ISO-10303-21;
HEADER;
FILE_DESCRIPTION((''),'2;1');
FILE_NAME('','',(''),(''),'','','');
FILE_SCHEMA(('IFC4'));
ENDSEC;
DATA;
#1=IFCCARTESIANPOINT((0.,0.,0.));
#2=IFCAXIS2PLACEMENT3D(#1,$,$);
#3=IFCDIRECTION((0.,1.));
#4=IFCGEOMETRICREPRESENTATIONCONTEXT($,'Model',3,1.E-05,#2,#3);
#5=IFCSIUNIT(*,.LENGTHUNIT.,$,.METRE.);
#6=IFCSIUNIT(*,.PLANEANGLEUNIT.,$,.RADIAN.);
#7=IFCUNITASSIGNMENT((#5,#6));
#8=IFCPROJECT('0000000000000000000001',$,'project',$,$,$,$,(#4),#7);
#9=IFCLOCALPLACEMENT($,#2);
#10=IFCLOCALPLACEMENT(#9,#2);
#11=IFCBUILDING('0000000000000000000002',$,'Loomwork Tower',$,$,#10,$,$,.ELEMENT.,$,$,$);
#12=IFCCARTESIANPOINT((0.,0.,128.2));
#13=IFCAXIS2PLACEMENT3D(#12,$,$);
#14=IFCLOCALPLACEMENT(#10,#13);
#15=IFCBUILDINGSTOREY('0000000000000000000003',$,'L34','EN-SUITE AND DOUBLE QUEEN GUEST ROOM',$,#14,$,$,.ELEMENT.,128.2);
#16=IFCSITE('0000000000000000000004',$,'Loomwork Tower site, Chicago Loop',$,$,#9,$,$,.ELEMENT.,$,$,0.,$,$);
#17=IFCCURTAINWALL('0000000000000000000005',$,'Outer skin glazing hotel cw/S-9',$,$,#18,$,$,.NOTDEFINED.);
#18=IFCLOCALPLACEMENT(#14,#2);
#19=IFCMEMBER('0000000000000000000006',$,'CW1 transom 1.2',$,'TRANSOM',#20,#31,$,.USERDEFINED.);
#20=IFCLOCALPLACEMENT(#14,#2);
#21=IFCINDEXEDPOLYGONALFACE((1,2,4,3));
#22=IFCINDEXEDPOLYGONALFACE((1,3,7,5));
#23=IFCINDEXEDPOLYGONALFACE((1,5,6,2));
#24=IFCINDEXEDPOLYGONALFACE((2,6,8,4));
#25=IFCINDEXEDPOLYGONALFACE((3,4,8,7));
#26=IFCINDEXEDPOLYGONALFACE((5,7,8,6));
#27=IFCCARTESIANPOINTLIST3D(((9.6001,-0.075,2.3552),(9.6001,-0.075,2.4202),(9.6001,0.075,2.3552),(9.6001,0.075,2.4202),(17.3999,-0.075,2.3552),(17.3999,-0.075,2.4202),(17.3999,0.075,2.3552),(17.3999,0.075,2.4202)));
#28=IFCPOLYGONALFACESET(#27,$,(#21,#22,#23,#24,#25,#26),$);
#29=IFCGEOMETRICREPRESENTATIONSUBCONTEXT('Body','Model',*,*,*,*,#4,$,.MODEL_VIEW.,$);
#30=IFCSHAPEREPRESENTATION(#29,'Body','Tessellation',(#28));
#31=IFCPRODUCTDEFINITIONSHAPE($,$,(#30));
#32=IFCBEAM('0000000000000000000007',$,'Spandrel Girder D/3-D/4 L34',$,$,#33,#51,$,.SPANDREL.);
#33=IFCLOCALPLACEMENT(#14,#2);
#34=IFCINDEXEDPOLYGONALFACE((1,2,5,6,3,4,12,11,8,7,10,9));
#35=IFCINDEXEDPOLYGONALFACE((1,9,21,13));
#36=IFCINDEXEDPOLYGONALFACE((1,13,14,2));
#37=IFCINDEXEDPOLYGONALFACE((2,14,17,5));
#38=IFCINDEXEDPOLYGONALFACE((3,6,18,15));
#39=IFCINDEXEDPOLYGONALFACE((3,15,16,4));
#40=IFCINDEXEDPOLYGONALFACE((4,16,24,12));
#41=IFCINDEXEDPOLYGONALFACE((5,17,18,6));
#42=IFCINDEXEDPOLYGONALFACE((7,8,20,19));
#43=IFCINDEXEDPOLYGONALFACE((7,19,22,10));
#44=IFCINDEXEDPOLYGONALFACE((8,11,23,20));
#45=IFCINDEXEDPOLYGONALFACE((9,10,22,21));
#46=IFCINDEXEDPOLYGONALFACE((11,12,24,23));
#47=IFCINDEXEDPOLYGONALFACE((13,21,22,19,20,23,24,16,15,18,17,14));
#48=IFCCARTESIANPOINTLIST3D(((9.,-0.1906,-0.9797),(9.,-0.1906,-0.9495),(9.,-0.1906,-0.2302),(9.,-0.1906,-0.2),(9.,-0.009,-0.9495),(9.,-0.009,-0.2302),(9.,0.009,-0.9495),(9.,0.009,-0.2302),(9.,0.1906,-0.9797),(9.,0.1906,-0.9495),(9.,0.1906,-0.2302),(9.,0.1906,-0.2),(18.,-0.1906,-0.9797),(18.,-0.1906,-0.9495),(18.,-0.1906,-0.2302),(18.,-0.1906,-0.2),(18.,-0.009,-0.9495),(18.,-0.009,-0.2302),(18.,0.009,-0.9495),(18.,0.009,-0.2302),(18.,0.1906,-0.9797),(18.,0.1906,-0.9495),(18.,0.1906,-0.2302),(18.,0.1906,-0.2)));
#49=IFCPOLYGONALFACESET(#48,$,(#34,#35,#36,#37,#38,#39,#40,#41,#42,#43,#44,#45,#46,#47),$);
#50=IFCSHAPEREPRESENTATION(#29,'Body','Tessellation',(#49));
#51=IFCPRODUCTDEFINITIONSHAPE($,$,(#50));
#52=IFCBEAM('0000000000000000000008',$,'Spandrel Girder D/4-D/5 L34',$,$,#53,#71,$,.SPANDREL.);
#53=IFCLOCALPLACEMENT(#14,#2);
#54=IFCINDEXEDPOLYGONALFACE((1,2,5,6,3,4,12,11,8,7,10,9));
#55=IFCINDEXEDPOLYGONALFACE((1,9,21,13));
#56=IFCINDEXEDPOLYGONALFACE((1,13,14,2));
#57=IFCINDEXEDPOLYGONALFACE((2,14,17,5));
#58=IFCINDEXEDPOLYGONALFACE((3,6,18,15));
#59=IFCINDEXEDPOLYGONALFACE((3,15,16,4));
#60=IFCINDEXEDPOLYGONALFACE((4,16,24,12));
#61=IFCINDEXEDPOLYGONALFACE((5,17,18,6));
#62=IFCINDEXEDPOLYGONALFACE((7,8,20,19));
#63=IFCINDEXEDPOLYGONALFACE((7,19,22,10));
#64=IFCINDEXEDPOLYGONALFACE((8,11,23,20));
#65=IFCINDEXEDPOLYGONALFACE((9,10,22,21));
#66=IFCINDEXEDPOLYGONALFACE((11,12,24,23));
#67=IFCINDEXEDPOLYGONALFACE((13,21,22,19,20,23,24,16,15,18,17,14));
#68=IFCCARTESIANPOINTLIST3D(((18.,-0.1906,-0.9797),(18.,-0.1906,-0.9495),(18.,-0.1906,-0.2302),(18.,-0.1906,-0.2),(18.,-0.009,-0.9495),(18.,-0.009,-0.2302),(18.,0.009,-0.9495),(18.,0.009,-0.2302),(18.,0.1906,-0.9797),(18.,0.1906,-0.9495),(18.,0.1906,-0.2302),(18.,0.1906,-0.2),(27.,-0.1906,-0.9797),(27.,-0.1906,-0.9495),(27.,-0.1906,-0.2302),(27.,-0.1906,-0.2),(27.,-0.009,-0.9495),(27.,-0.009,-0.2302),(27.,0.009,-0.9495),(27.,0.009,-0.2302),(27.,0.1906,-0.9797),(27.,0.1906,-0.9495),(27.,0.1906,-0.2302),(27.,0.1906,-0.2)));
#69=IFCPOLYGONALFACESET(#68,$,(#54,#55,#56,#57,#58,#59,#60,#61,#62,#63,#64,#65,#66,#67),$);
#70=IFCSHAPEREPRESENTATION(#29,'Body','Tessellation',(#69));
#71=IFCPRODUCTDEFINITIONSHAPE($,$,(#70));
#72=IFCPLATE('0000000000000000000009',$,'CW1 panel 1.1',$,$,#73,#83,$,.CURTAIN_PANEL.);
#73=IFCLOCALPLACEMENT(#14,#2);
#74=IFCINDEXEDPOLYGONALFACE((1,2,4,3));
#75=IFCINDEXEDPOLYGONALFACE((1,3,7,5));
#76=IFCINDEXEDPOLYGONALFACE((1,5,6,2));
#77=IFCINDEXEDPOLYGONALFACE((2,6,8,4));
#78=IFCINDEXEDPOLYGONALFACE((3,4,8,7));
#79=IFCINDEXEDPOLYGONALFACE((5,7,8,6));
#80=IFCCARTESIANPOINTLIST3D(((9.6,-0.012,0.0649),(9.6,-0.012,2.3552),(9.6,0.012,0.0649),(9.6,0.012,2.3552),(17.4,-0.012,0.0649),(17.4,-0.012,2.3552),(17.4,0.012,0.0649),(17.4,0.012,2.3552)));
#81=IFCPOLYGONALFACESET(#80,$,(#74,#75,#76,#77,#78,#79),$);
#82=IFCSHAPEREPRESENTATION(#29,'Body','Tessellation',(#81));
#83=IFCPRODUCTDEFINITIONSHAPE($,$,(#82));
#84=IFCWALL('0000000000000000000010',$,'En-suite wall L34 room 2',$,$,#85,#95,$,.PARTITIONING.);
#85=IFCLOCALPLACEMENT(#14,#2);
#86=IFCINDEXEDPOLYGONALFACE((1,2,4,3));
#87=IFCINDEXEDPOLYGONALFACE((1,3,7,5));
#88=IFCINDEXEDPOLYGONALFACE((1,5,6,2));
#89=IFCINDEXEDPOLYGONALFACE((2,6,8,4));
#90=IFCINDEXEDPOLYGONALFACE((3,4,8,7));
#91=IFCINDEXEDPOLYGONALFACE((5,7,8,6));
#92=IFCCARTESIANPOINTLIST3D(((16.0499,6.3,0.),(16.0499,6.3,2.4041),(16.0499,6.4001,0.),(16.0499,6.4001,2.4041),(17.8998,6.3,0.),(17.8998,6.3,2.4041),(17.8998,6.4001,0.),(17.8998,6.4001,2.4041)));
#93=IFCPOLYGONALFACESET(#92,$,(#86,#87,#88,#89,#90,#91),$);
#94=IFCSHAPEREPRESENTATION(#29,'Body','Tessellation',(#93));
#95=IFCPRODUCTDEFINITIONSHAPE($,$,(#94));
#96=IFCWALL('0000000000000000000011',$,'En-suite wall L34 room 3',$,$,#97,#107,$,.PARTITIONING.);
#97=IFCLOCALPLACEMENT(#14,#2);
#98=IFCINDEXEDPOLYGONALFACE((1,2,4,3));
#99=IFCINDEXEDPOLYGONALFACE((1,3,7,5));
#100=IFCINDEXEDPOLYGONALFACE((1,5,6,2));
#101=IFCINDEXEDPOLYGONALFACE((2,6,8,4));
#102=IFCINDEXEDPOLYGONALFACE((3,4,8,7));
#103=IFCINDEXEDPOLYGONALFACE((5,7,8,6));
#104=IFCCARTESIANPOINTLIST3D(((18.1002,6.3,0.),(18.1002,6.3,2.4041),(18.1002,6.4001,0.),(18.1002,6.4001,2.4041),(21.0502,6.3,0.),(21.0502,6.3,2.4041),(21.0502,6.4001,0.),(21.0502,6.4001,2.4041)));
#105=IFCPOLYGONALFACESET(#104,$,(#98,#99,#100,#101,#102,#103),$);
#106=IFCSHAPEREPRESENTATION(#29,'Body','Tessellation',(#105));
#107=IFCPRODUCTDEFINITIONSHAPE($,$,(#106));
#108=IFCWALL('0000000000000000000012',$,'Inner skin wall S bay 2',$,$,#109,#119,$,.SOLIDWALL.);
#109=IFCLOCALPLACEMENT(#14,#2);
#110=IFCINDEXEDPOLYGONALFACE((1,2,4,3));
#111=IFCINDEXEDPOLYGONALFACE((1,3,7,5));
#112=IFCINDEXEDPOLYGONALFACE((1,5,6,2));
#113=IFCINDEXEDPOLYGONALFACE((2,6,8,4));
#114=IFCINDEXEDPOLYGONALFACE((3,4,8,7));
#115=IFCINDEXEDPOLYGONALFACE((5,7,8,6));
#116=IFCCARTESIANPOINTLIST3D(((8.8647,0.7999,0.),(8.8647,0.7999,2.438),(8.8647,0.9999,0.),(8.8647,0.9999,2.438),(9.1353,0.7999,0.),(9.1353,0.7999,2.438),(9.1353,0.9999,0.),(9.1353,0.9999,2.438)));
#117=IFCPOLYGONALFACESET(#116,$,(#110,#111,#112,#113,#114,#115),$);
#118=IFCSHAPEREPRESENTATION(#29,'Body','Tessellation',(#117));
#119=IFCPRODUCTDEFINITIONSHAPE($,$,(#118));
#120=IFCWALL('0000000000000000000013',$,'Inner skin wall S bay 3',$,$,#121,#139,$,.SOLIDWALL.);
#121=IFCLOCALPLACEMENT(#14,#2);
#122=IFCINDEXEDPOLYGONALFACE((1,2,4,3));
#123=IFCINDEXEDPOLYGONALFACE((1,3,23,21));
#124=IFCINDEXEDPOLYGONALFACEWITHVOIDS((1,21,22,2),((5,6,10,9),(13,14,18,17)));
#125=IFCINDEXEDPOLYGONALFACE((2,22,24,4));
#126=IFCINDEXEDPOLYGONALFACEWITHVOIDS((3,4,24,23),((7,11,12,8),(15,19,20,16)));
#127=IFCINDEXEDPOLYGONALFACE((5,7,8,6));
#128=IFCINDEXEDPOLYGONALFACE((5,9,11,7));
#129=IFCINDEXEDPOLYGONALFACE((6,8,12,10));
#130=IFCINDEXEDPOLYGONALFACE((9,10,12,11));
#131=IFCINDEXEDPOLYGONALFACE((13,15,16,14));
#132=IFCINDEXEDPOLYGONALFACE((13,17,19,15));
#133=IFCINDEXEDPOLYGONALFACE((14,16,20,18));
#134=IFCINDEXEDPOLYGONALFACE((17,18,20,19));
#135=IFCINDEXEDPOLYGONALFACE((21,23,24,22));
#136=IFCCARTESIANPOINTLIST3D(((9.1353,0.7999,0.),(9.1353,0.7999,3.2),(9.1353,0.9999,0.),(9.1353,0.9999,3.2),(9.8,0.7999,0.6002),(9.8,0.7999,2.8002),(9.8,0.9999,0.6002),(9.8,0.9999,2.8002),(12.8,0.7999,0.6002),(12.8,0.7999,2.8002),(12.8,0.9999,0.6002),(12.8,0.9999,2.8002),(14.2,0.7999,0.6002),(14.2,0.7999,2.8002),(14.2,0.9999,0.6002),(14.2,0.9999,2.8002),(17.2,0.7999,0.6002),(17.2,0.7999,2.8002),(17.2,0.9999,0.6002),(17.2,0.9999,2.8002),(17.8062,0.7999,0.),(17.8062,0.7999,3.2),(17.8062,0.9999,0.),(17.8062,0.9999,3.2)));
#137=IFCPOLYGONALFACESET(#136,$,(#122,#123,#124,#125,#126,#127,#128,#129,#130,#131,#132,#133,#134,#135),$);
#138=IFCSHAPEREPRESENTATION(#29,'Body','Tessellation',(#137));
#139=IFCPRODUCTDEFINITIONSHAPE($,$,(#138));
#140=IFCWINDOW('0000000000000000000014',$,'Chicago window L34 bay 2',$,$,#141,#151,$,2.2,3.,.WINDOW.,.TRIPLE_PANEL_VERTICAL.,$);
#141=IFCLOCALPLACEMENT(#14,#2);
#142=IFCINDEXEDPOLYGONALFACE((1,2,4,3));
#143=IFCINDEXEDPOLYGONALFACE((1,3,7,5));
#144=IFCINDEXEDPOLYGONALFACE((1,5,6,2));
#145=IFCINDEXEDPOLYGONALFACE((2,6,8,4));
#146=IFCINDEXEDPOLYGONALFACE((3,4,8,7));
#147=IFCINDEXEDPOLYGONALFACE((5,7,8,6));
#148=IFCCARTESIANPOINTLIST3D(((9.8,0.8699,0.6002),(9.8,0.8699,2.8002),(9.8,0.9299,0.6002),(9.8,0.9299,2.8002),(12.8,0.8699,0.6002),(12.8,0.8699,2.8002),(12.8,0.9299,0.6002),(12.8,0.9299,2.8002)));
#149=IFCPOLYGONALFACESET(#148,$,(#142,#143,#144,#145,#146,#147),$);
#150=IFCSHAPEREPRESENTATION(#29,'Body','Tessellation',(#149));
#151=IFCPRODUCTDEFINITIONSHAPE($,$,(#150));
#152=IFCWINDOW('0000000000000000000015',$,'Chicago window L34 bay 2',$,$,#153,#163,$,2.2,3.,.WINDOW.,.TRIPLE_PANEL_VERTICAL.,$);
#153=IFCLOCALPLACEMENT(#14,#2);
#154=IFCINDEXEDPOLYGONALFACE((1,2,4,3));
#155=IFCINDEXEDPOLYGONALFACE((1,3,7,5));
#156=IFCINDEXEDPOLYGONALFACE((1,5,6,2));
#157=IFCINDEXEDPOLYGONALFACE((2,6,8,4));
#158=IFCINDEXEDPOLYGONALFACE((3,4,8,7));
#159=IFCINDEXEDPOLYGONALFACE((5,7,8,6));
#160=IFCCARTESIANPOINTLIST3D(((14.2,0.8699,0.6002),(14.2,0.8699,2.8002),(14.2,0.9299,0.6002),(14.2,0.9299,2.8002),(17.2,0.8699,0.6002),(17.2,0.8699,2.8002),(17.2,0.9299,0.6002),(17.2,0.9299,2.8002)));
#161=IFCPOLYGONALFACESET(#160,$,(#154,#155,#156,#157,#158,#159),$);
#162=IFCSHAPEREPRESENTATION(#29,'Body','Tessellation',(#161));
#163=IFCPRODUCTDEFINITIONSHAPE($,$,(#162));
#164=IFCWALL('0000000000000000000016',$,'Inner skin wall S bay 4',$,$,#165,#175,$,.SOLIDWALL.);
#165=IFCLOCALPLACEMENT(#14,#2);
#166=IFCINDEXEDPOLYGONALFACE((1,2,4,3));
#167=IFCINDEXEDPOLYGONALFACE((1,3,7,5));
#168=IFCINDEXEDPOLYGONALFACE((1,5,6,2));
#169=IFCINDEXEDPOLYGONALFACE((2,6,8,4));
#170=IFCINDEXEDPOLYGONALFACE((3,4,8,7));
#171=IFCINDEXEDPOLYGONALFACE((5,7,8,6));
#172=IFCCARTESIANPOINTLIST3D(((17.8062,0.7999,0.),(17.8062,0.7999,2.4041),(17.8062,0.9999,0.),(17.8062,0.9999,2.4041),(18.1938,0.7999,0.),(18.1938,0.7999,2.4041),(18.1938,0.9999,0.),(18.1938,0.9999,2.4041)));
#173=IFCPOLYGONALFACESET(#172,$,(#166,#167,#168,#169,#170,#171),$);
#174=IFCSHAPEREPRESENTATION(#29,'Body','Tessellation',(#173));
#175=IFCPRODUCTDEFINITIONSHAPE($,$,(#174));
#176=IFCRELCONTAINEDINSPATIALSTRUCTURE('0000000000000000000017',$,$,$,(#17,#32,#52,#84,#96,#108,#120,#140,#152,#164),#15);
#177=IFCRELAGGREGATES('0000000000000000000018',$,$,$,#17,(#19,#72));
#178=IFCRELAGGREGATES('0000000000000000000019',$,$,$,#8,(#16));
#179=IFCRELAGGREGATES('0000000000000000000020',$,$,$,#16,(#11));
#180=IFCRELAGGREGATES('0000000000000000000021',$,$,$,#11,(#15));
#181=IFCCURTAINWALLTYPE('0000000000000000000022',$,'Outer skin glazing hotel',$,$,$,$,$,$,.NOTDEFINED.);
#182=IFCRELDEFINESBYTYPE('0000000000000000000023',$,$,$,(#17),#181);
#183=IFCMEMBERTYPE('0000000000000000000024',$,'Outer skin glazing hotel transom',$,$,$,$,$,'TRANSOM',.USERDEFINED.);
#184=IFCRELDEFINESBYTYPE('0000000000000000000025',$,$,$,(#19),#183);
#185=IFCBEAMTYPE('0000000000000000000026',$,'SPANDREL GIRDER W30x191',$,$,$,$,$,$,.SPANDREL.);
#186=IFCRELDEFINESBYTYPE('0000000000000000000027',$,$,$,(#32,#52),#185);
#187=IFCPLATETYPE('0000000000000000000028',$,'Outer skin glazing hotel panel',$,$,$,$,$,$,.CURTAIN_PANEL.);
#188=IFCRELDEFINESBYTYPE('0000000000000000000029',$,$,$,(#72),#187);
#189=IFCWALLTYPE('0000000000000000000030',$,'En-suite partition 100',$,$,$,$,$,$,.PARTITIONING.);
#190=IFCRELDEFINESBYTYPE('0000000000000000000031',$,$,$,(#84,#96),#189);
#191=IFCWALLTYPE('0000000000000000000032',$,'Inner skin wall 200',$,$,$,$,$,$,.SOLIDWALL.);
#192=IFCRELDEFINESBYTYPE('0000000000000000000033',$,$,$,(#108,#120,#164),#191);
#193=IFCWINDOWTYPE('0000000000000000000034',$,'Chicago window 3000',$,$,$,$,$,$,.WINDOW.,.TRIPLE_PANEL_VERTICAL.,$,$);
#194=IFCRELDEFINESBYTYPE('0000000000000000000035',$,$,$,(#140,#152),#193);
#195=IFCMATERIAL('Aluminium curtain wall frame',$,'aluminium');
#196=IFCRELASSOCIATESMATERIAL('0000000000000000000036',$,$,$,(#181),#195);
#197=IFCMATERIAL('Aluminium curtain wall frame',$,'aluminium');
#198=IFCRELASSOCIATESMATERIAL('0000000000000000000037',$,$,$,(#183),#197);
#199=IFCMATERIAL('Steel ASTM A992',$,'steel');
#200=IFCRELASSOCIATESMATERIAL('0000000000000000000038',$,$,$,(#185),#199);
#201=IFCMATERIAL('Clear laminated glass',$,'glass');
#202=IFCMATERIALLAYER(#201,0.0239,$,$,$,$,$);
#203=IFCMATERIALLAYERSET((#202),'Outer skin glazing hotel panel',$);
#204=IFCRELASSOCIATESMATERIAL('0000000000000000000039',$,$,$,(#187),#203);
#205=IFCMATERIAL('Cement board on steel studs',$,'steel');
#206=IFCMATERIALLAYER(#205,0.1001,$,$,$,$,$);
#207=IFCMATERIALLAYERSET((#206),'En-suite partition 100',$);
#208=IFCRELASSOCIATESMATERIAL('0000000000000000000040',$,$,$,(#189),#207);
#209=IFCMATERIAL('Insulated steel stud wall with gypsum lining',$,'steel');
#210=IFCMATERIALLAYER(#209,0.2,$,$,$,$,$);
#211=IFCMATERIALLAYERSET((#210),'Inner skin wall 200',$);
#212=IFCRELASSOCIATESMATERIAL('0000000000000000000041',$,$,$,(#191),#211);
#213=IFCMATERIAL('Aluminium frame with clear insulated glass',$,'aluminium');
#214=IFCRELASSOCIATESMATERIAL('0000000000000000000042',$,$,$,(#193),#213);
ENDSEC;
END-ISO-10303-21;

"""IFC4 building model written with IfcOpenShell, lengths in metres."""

from ifc_helpers import new_model, si_unit, direction, frame, frame_2d, origin, origin_2d, place, context, subcontext, project, spatial, rectangle, i_section, extrude, material, layer, layer_set, material_profile, profile_set, type_object, element, fill, aggregate, save


model = new_model("IFC4")

# Units and contexts
model_context = context("Model", 3, precision=1e-05, world=origin(), true_north=direction((0.0, 1.0)))
body_context = subcontext(model_context, "Body", "Model", "MODEL_VIEW")
ifc_project = project(units=[si_unit("LENGTHUNIT", "METRE"), si_unit("PLANEANGLEUNIT", "RADIAN")], contexts=[model_context])

# Site, building, storey
site_placement = place(None, origin())
site = spatial("IfcSite", under=ifc_project, at=site_placement, Name="Loomwork Tower site, Chicago Loop", CompositionType="ELEMENT", RefElevation=0.0)
building_placement = place(site_placement, origin())
building = spatial("IfcBuilding", under=site, at=building_placement, Name="Loomwork Tower", CompositionType="ELEMENT")
storey_placement = place(building_placement, frame((0.0, 0.0, 128.2)))
storey = spatial("IfcBuildingStorey", under=building, at=storey_placement, Name="L34", Description="EN-SUITE AND DOUBLE QUEEN GUEST ROOM", CompositionType="ELEMENT", Elevation=128.2)

# Shared definitions
ifc_material_1 = material(Name="Aluminium curtain wall frame", Category="aluminium")
curtain_wall_type = type_object("IfcCurtainWallType", Name="Outer skin glazing hotel", PredefinedType="NOTDEFINED", material=ifc_material_1)

# Curtain wall, member
curtain_wall_1_placement = place(storey_placement, origin())
curtain_wall_1 = element("IfcCurtainWall", 1, at=curtain_wall_1_placement, inside=storey, type_object=curtain_wall_type, Name="Outer skin glazing hotel cw/S-9", PredefinedType="NOTDEFINED")
ifc_material_2 = material(Name="Aluminium curtain wall frame", Category="aluminium")
ifc_material_profile_1 = material_profile(ifc_material_2, rectangle(XDim=0.1499, YDim=0.0649, at=origin_2d()), Name="AL 65x150")
ifc_profile_set_1 = profile_set([ifc_material_profile_1], Name="Aluminium curtain wall frame")
member_type_1 = type_object("IfcMemberType", Name="Outer skin glazing hotel transom", ElementType="TRANSOM", PredefinedType="USERDEFINED", material=ifc_profile_set_1)
member_1_placement = place(storey_placement, frame((9.6001, 0.0, 2.3877), z_axis=(1.0, 0.0, 0.0), x_axis=(0.0, 1.0, 0.0)))
member_1 = element("IfcMember", 2, at=member_1_placement, type_object=member_type_1, Name="CW1 transom 1.2", ObjectType="TRANSOM", PredefinedType="USERDEFINED", context=body_context, shape_type="SweptSolid", body=[
    extrude(rectangle(XDim=0.1499, YDim=0.0649, at=origin_2d()), origin(), (0.0, 0.0, 1.0), 7.7998),
])

# Beams
ifc_material_3 = material(Name="Steel ASTM A992", Category="steel")
ifc_material_profile_2 = material_profile(ifc_material_3, i_section(OverallWidth=0.3811, OverallDepth=0.7798, WebThickness=0.0181, FlangeThickness=0.0303, at=origin_2d()), Name="W30x191")
ifc_profile_set_2 = profile_set([ifc_material_profile_2], Name="Steel ASTM A992")
beam_type_1 = type_object("IfcBeamType", Name="SPANDREL GIRDER W30x191", PredefinedType="SPANDREL", material=ifc_profile_set_2)
for number, where, z_axis, x_axis, name in (
    (3, (9.0, 0.0, -0.5898), (1.0, 0.0, 0.0), (0.0, 1.0, 0.0), "Spandrel Girder D/3-D/4 L34"),
    (4, (18.0, 0.0, -0.5898), (1.0, 0.0, 0.0), (0.0, 1.0, 0.0), "Spandrel Girder D/4-D/5 L34"),
):
    element("IfcBeam", number, at=place(storey_placement, frame(where, z_axis=z_axis, x_axis=x_axis)), inside=storey, type_object=beam_type_1, Name=name, PredefinedType="SPANDREL", context=body_context, shape_type="SweptSolid", body=[
        extrude(i_section(OverallWidth=0.3811, OverallDepth=0.7798, WebThickness=0.0181, FlangeThickness=0.0303, at=origin_2d()), origin(), (0.0, 0.0, 1.0), 9.0),
    ])

# Plate
ifc_material_4 = material(Name="Clear laminated glass", Category="glass")
ifc_layer_1 = layer(ifc_material_4, 0.0239)
ifc_layer_set_1 = layer_set([ifc_layer_1], Name="Outer skin glazing hotel panel")
plate_type = type_object("IfcPlateType", Name="Outer skin glazing hotel panel", PredefinedType="CURTAIN_PANEL", material=ifc_layer_set_1)
plate_placement = place(storey_placement, frame((13.5, 0.0, 0.0649), z_axis=(0.0, 0.0, 1.0), x_axis=(1.0, 0.0, 0.0)))
plate = element("IfcPlate", 5, at=plate_placement, type_object=plate_type, Name="CW1 panel 1.1", PredefinedType="CURTAIN_PANEL", context=body_context, shape_type="SweptSolid", body=[
    extrude(rectangle(XDim=7.8, YDim=0.0239, at=origin_2d()), origin(), (0.0, 0.0, 1.0), 2.2903),
])
aggregate(curtain_wall_1, [member_1, plate])

# Walls
ifc_material_5 = material(Name="Cement board on steel studs", Category="steel")
ifc_layer_2 = layer(ifc_material_5, 0.1001)
ifc_layer_set_2 = layer_set([ifc_layer_2], Name="En-suite partition 100")
wall_type_1 = type_object("IfcWallType", Name="En-suite partition 100", PredefinedType="PARTITIONING", material=ifc_layer_set_2)
wall_1_placement = place(storey_placement, frame((16.05, 6.3501, 0.0), z_axis=(0.0, 0.0, 1.0), x_axis=(1.0, 0.0, 0.0)))
element("IfcWall", 6, at=wall_1_placement, inside=storey, type_object=wall_type_1, Name="En-suite wall L34 room 2", PredefinedType="PARTITIONING", context=body_context, shape_type="SweptSolid", body=[
    extrude(rectangle(XDim=1.8499, YDim=0.1001, at=frame_2d((0.9248, 0.0))), origin(), (0.0, 0.0, 1.0), 2.4041),
])
wall_2_placement = place(storey_placement, frame((18.1001, 6.3501, 0.0), z_axis=(0.0, 0.0, 1.0), x_axis=(1.0, 0.0, 0.0)))
element("IfcWall", 7, at=wall_2_placement, inside=storey, type_object=wall_type_1, Name="En-suite wall L34 room 3", PredefinedType="PARTITIONING", context=body_context, shape_type="SweptSolid", body=[
    extrude(rectangle(XDim=2.95, YDim=0.1001, at=frame_2d((1.4751, 0.0))), origin(), (0.0, 0.0, 1.0), 2.4041),
])
ifc_material_6 = material(Name="Insulated steel stud wall with gypsum lining", Category="steel")
ifc_layer_3 = layer(ifc_material_6, 0.2)
ifc_layer_set_3 = layer_set([ifc_layer_3], Name="Inner skin wall 200")
wall_type_2 = type_object("IfcWallType", Name="Inner skin wall 200", PredefinedType="SOLIDWALL", material=ifc_layer_set_3)
wall_3_placement = place(storey_placement, frame((8.8647, 0.8999, 0.0), z_axis=(0.0, 0.0, 1.0), x_axis=(1.0, 0.0, 0.0)))
element("IfcWall", 8, at=wall_3_placement, inside=storey, type_object=wall_type_2, Name="Inner skin wall S bay 2", PredefinedType="SOLIDWALL", context=body_context, shape_type="SweptSolid", body=[
    extrude(rectangle(XDim=0.2705, YDim=0.2, at=frame_2d((0.1353, 0.0))), origin(), (0.0, 0.0, 1.0), 2.438),
])

# Wall, openings, windows
wall_4_placement = place(storey_placement, frame((9.1353, 0.8999, 0.0), z_axis=(0.0, 0.0, 1.0), x_axis=(1.0, 0.0, 0.0)))
wall_4 = element("IfcWall", 9, at=wall_4_placement, inside=storey, type_object=wall_type_2, Name="Inner skin wall S bay 3", PredefinedType="SOLIDWALL", context=body_context, shape_type="SweptSolid", body=[
    extrude(rectangle(XDim=8.6709, YDim=0.2, at=frame_2d((4.3354, 0.0))), origin(), (0.0, 0.0, 1.0), 3.2),
])
opening_1_placement = place(wall_4_placement, frame((0.6648, 0.0, 0.6001)))
opening_1 = element("IfcOpeningElement", 10, at=opening_1_placement, cuts=wall_4, PredefinedType="OPENING", context=body_context, shape_type="SweptSolid", body=[
    extrude(rectangle(XDim=3.0, YDim=2.2, at=frame_2d((1.5, 1.1001))), frame((0.0, 0.1099, 0.0), z_axis=(0.0, -1.0, 0.0), x_axis=(1.0, 0.0, 0.0)), (0.0, 0.0, 1.0), 0.22),
])
opening_2_placement = place(wall_4_placement, frame((5.0647, 0.0, 0.6001)))
opening_2 = element("IfcOpeningElement", 11, at=opening_2_placement, cuts=wall_4, PredefinedType="OPENING", context=body_context, shape_type="SweptSolid", body=[
    extrude(rectangle(XDim=3.0, YDim=2.2, at=frame_2d((1.5, 1.1001))), frame((0.0, 0.1099, 0.0), z_axis=(0.0, -1.0, 0.0), x_axis=(1.0, 0.0, 0.0)), (0.0, 0.0, 1.0), 0.22),
])
ifc_material_7 = material(Name="Aluminium frame with clear insulated glass", Category="aluminium")
window_type = type_object("IfcWindowType", Name="Chicago window 3000", PartitioningType="TRIPLE_PANEL_VERTICAL", PredefinedType="WINDOW", material=ifc_material_7)
window_1_placement = place(opening_1_placement, origin())
window_1 = element("IfcWindow", 12, at=window_1_placement, inside=storey, type_object=window_type, Name="Chicago window L34 bay 2", OverallHeight=2.2, OverallWidth=3.0, PartitioningType="TRIPLE_PANEL_VERTICAL", PredefinedType="WINDOW", context=body_context, shape_type="SweptSolid", body=[
    extrude(rectangle(XDim=3.0, YDim=2.2, at=frame_2d((1.5, 1.1001))), frame((0.0, 0.03, 0.0), z_axis=(0.0, -1.0, 0.0), x_axis=(1.0, 0.0, 0.0)), (0.0, 0.0, 1.0), 0.0601),
])
fill(opening_1, window_1)
window_2_placement = place(opening_2_placement, origin())
window_2 = element("IfcWindow", 13, at=window_2_placement, inside=storey, type_object=window_type, Name="Chicago window L34 bay 2", OverallHeight=2.2, OverallWidth=3.0, PartitioningType="TRIPLE_PANEL_VERTICAL", PredefinedType="WINDOW", context=body_context, shape_type="SweptSolid", body=[
    extrude(rectangle(XDim=3.0, YDim=2.2, at=frame_2d((1.5, 1.1001))), frame((0.0, 0.03, 0.0), z_axis=(0.0, -1.0, 0.0), x_axis=(1.0, 0.0, 0.0)), (0.0, 0.0, 1.0), 0.0601),
])
fill(opening_2, window_2)

# Wall
wall_5_placement = place(storey_placement, frame((17.8062, 0.8999, 0.0), z_axis=(0.0, 0.0, 1.0), x_axis=(1.0, 0.0, 0.0)))
element("IfcWall", 14, at=wall_5_placement, inside=storey, type_object=wall_type_2, Name="Inner skin wall S bay 4", PredefinedType="SOLIDWALL", context=body_context, shape_type="SweptSolid", body=[
    extrude(rectangle(XDim=0.3877, YDim=0.2, at=frame_2d((0.1938, 0.0))), origin(), (0.0, 0.0, 1.0), 2.4041),
])

save(model, "model.ifc")
